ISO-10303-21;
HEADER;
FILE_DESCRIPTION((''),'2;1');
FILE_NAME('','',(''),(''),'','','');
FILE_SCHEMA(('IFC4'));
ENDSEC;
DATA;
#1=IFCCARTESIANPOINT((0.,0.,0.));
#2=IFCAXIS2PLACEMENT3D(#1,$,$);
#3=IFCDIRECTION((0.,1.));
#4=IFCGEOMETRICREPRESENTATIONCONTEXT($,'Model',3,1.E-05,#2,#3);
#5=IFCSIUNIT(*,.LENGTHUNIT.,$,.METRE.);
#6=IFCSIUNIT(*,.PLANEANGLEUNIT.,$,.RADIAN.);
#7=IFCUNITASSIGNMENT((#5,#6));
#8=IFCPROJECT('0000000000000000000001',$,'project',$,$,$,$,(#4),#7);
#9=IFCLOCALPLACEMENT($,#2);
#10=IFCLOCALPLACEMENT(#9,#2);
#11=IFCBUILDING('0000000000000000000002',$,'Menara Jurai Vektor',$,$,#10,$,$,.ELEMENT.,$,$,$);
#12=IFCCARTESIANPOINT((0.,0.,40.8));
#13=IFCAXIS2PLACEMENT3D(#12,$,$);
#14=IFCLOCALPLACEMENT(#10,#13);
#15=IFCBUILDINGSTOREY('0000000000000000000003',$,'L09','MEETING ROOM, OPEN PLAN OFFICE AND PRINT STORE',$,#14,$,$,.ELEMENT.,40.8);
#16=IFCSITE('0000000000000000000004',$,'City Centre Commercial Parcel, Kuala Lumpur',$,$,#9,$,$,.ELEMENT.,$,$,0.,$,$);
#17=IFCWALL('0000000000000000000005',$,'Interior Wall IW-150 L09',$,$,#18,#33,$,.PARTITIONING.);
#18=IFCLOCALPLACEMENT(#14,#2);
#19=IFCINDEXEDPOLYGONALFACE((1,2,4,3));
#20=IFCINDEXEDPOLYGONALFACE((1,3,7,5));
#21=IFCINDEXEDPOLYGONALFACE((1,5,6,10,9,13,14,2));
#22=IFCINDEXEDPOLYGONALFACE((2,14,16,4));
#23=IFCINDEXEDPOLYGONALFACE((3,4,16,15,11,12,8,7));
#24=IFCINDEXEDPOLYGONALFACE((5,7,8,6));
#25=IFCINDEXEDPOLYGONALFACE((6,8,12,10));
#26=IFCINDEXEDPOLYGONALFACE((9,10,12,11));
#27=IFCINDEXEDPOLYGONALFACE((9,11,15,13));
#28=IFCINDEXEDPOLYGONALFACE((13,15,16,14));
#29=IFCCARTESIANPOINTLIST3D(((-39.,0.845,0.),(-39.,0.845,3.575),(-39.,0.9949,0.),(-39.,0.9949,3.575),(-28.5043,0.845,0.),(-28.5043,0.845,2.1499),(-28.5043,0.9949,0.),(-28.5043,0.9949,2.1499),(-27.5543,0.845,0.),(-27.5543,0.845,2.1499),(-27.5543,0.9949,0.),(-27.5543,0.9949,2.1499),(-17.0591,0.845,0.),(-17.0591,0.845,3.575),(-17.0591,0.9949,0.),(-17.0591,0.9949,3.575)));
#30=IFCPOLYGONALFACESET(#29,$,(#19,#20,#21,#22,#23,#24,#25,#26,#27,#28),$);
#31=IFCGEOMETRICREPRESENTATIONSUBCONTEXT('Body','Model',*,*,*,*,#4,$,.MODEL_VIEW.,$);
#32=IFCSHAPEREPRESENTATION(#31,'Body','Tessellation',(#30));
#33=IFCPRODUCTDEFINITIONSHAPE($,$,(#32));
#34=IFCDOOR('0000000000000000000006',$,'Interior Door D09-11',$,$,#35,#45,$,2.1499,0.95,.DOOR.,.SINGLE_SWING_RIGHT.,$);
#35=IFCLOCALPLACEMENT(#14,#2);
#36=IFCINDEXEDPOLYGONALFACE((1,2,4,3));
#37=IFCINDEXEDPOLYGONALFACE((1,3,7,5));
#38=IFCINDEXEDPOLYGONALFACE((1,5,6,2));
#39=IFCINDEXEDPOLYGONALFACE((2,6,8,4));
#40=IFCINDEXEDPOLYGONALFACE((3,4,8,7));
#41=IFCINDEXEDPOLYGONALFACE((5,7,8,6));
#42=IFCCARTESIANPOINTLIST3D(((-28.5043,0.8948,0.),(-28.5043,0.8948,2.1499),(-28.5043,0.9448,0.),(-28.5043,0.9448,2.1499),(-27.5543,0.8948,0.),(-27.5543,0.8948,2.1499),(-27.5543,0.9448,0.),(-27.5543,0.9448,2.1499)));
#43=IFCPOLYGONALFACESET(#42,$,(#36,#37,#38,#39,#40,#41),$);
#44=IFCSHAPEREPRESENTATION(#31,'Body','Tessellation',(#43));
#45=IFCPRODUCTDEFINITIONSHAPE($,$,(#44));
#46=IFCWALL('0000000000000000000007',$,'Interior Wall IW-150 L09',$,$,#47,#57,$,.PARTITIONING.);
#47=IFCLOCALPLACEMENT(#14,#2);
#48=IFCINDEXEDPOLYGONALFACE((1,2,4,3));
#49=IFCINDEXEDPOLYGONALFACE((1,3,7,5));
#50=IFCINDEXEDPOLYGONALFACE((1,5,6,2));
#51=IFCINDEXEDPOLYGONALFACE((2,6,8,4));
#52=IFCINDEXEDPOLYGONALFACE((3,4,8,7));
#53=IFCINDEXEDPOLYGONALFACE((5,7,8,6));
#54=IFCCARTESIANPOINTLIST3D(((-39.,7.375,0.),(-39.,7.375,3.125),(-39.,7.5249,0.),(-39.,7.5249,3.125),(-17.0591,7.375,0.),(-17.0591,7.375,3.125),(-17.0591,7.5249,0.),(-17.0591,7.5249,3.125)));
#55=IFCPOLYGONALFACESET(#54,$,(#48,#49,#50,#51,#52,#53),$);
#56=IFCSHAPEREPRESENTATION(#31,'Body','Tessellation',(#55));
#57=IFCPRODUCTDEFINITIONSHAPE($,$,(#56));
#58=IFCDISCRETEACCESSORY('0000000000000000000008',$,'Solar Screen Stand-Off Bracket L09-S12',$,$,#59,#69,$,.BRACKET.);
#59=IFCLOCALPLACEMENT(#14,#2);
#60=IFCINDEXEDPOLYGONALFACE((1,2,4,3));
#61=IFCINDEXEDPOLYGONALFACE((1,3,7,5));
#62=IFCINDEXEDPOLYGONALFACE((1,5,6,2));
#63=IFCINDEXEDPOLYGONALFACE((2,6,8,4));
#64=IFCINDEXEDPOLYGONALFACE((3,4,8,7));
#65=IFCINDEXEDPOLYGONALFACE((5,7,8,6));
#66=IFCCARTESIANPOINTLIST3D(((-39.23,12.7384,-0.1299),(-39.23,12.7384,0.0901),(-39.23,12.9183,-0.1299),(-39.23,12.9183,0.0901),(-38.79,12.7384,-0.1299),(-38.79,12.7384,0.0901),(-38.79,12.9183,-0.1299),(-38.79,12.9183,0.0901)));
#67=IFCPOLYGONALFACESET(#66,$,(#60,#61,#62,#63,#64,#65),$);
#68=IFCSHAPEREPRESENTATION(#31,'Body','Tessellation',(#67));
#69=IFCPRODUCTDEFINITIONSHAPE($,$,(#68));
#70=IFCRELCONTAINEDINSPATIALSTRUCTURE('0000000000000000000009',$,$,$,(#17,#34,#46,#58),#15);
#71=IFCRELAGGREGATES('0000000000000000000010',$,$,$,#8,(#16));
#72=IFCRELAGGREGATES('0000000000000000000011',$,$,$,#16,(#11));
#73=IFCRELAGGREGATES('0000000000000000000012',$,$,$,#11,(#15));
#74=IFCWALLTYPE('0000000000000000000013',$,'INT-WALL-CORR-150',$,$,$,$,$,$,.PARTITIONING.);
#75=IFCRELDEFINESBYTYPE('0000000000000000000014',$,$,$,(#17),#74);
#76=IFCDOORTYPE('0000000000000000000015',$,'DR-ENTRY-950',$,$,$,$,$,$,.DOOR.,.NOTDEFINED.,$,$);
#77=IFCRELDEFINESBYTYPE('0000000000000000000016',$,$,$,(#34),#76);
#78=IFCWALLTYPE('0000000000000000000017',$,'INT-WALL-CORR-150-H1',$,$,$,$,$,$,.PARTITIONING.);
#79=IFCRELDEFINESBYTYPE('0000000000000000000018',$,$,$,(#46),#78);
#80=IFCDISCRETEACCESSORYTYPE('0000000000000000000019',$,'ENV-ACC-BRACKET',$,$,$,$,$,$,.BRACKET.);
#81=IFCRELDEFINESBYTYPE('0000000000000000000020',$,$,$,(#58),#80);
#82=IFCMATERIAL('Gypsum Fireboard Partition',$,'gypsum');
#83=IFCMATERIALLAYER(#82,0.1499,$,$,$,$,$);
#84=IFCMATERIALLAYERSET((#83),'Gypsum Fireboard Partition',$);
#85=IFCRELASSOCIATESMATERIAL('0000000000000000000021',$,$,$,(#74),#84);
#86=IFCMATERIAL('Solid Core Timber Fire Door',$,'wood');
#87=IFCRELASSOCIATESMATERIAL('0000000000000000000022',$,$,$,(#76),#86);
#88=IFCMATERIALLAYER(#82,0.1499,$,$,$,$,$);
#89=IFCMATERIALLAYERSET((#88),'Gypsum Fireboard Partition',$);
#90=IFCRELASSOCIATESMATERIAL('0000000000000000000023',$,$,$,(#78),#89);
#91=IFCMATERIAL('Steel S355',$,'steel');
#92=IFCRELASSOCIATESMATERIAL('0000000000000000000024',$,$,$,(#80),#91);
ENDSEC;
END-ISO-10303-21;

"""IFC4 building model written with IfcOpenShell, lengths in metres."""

from ifc_helpers import new_model, si_unit, direction, frame, frame_2d, origin, origin_2d, place, context, subcontext, project, spatial, rectangle, extrude, material, layer, layer_set, type_object, element, fill, save


model = new_model("IFC4")

# Units and contexts
model_context = context("Model", 3, precision=1e-05, world=origin(), true_north=direction((0.0, 1.0)))
body_context = subcontext(model_context, "Body", "Model", "MODEL_VIEW")
ifc_project = project(units=[si_unit("LENGTHUNIT", "METRE"), si_unit("PLANEANGLEUNIT", "RADIAN")], contexts=[model_context])

# Site, building, storey
site_placement = place(None, origin())
site = spatial("IfcSite", under=ifc_project, at=site_placement, Name="City Centre Commercial Parcel, Kuala Lumpur", CompositionType="ELEMENT", RefElevation=0.0)
building_placement = place(site_placement, origin())
building = spatial("IfcBuilding", under=site, at=building_placement, Name="Menara Jurai Vektor", CompositionType="ELEMENT")
storey_placement = place(building_placement, frame((0.0, 0.0, 40.8)))
storey = spatial("IfcBuildingStorey", under=building, at=storey_placement, Name="L09", Description="MEETING ROOM, OPEN PLAN OFFICE AND PRINT STORE", CompositionType="ELEMENT", Elevation=40.8)

# Shared definitions
ifc_material_1 = material(Name="Steel S355", Category="steel")

# Wall, opening, door
ifc_material_2 = material(Name="Gypsum Fireboard Partition", Category="gypsum")
ifc_layer_1 = layer(ifc_material_2, 0.1499)
ifc_layer_set_1 = layer_set([ifc_layer_1], Name="Gypsum Fireboard Partition")
wall_type_1 = type_object("IfcWallType", Name="INT-WALL-CORR-150", PredefinedType="PARTITIONING", material=ifc_layer_set_1)
ifc_material_3 = material(Name="Solid Core Timber Fire Door", Category="wood")
door_type = type_object("IfcDoorType", Name="DR-ENTRY-950", OperationType="NOTDEFINED", PredefinedType="DOOR", material=ifc_material_3)
wall_1_placement = place(storey_placement, frame((-39.0, 0.9199, 0.0), z_axis=(0.0, 0.0, 1.0), x_axis=(1.0, 0.0, 0.0)))
wall_1 = element("IfcWall", 1, at=wall_1_placement, inside=storey, type_object=wall_type_1, Name="Interior Wall IW-150 L09", PredefinedType="PARTITIONING", context=body_context, shape_type="SweptSolid", body=[
    extrude(rectangle(XDim=21.9409, YDim=0.1499, at=frame_2d((10.9705, 0.0))), origin(), (0.0, 0.0, 1.0), 3.575),
])
opening_1_placement = place(wall_1_placement, frame((10.4956, 0.0, 0.0)))
opening_1 = element("IfcOpeningElement", 2, at=opening_1_placement, cuts=wall_1, PredefinedType="OPENING", context=body_context, shape_type="SweptSolid", body=[
    extrude(rectangle(XDim=0.95, YDim=2.1499, at=frame_2d((0.4751, 1.075))), frame((0.0, 0.085, 0.0), z_axis=(0.0, -1.0, 0.0), x_axis=(1.0, 0.0, 0.0)), (0.0, 0.0, 1.0), 0.1699),
])
door_1_placement = place(opening_1_placement, origin())
door_1 = element("IfcDoor", 3, at=door_1_placement, inside=storey, type_object=door_type, Name="Interior Door D09-11", OperationType="SINGLE_SWING_RIGHT", OverallHeight=2.1499, OverallWidth=0.95, PredefinedType="DOOR", context=body_context, shape_type="SweptSolid", body=[
    extrude(rectangle(XDim=0.95, YDim=2.1499, at=frame_2d((0.4751, 1.075))), frame((0.0, 0.0249, 0.0), z_axis=(0.0, -1.0, 0.0), x_axis=(1.0, 0.0, 0.0)), (0.0, 0.0, 1.0), 0.05),
])
fill(opening_1, door_1)

# Wall
ifc_layer_2 = layer(ifc_material_2, 0.1499)
ifc_layer_set_2 = layer_set([ifc_layer_2], Name="Gypsum Fireboard Partition")
wall_type_2 = type_object("IfcWallType", Name="INT-WALL-CORR-150-H1", PredefinedType="PARTITIONING", material=ifc_layer_set_2)
wall_2_placement = place(storey_placement, frame((-39.0, 7.45, 0.0), z_axis=(0.0, 0.0, 1.0), x_axis=(1.0, 0.0, 0.0)))
element("IfcWall", 4, at=wall_2_placement, inside=storey, type_object=wall_type_2, Name="Interior Wall IW-150 L09", PredefinedType="PARTITIONING", context=body_context, shape_type="SweptSolid", body=[
    extrude(rectangle(XDim=21.9409, YDim=0.1499, at=frame_2d((10.9705, 0.0))), origin(), (0.0, 0.0, 1.0), 3.125),
])

# Discrete accessory
discrete_accessory_type = type_object("IfcDiscreteAccessoryType", Name="ENV-ACC-BRACKET", PredefinedType="BRACKET", material=ifc_material_1)
discrete_accessory_placement = place(storey_placement, frame((-39.01, 12.8284, -0.1299), z_axis=(0.0, 0.0, 1.0), x_axis=(0.0, -1.0, 0.0)))
element("IfcDiscreteAccessory", 5, at=discrete_accessory_placement, inside=storey, type_object=discrete_accessory_type, Name="Solar Screen Stand-Off Bracket L09-S12", PredefinedType="BRACKET", context=body_context, shape_type="SweptSolid", body=[
    extrude(rectangle(XDim=0.1799, YDim=0.4399, at=origin_2d()), origin(), (0.0, 0.0, 1.0), 0.22),
])

save(model, "model.ifc")
